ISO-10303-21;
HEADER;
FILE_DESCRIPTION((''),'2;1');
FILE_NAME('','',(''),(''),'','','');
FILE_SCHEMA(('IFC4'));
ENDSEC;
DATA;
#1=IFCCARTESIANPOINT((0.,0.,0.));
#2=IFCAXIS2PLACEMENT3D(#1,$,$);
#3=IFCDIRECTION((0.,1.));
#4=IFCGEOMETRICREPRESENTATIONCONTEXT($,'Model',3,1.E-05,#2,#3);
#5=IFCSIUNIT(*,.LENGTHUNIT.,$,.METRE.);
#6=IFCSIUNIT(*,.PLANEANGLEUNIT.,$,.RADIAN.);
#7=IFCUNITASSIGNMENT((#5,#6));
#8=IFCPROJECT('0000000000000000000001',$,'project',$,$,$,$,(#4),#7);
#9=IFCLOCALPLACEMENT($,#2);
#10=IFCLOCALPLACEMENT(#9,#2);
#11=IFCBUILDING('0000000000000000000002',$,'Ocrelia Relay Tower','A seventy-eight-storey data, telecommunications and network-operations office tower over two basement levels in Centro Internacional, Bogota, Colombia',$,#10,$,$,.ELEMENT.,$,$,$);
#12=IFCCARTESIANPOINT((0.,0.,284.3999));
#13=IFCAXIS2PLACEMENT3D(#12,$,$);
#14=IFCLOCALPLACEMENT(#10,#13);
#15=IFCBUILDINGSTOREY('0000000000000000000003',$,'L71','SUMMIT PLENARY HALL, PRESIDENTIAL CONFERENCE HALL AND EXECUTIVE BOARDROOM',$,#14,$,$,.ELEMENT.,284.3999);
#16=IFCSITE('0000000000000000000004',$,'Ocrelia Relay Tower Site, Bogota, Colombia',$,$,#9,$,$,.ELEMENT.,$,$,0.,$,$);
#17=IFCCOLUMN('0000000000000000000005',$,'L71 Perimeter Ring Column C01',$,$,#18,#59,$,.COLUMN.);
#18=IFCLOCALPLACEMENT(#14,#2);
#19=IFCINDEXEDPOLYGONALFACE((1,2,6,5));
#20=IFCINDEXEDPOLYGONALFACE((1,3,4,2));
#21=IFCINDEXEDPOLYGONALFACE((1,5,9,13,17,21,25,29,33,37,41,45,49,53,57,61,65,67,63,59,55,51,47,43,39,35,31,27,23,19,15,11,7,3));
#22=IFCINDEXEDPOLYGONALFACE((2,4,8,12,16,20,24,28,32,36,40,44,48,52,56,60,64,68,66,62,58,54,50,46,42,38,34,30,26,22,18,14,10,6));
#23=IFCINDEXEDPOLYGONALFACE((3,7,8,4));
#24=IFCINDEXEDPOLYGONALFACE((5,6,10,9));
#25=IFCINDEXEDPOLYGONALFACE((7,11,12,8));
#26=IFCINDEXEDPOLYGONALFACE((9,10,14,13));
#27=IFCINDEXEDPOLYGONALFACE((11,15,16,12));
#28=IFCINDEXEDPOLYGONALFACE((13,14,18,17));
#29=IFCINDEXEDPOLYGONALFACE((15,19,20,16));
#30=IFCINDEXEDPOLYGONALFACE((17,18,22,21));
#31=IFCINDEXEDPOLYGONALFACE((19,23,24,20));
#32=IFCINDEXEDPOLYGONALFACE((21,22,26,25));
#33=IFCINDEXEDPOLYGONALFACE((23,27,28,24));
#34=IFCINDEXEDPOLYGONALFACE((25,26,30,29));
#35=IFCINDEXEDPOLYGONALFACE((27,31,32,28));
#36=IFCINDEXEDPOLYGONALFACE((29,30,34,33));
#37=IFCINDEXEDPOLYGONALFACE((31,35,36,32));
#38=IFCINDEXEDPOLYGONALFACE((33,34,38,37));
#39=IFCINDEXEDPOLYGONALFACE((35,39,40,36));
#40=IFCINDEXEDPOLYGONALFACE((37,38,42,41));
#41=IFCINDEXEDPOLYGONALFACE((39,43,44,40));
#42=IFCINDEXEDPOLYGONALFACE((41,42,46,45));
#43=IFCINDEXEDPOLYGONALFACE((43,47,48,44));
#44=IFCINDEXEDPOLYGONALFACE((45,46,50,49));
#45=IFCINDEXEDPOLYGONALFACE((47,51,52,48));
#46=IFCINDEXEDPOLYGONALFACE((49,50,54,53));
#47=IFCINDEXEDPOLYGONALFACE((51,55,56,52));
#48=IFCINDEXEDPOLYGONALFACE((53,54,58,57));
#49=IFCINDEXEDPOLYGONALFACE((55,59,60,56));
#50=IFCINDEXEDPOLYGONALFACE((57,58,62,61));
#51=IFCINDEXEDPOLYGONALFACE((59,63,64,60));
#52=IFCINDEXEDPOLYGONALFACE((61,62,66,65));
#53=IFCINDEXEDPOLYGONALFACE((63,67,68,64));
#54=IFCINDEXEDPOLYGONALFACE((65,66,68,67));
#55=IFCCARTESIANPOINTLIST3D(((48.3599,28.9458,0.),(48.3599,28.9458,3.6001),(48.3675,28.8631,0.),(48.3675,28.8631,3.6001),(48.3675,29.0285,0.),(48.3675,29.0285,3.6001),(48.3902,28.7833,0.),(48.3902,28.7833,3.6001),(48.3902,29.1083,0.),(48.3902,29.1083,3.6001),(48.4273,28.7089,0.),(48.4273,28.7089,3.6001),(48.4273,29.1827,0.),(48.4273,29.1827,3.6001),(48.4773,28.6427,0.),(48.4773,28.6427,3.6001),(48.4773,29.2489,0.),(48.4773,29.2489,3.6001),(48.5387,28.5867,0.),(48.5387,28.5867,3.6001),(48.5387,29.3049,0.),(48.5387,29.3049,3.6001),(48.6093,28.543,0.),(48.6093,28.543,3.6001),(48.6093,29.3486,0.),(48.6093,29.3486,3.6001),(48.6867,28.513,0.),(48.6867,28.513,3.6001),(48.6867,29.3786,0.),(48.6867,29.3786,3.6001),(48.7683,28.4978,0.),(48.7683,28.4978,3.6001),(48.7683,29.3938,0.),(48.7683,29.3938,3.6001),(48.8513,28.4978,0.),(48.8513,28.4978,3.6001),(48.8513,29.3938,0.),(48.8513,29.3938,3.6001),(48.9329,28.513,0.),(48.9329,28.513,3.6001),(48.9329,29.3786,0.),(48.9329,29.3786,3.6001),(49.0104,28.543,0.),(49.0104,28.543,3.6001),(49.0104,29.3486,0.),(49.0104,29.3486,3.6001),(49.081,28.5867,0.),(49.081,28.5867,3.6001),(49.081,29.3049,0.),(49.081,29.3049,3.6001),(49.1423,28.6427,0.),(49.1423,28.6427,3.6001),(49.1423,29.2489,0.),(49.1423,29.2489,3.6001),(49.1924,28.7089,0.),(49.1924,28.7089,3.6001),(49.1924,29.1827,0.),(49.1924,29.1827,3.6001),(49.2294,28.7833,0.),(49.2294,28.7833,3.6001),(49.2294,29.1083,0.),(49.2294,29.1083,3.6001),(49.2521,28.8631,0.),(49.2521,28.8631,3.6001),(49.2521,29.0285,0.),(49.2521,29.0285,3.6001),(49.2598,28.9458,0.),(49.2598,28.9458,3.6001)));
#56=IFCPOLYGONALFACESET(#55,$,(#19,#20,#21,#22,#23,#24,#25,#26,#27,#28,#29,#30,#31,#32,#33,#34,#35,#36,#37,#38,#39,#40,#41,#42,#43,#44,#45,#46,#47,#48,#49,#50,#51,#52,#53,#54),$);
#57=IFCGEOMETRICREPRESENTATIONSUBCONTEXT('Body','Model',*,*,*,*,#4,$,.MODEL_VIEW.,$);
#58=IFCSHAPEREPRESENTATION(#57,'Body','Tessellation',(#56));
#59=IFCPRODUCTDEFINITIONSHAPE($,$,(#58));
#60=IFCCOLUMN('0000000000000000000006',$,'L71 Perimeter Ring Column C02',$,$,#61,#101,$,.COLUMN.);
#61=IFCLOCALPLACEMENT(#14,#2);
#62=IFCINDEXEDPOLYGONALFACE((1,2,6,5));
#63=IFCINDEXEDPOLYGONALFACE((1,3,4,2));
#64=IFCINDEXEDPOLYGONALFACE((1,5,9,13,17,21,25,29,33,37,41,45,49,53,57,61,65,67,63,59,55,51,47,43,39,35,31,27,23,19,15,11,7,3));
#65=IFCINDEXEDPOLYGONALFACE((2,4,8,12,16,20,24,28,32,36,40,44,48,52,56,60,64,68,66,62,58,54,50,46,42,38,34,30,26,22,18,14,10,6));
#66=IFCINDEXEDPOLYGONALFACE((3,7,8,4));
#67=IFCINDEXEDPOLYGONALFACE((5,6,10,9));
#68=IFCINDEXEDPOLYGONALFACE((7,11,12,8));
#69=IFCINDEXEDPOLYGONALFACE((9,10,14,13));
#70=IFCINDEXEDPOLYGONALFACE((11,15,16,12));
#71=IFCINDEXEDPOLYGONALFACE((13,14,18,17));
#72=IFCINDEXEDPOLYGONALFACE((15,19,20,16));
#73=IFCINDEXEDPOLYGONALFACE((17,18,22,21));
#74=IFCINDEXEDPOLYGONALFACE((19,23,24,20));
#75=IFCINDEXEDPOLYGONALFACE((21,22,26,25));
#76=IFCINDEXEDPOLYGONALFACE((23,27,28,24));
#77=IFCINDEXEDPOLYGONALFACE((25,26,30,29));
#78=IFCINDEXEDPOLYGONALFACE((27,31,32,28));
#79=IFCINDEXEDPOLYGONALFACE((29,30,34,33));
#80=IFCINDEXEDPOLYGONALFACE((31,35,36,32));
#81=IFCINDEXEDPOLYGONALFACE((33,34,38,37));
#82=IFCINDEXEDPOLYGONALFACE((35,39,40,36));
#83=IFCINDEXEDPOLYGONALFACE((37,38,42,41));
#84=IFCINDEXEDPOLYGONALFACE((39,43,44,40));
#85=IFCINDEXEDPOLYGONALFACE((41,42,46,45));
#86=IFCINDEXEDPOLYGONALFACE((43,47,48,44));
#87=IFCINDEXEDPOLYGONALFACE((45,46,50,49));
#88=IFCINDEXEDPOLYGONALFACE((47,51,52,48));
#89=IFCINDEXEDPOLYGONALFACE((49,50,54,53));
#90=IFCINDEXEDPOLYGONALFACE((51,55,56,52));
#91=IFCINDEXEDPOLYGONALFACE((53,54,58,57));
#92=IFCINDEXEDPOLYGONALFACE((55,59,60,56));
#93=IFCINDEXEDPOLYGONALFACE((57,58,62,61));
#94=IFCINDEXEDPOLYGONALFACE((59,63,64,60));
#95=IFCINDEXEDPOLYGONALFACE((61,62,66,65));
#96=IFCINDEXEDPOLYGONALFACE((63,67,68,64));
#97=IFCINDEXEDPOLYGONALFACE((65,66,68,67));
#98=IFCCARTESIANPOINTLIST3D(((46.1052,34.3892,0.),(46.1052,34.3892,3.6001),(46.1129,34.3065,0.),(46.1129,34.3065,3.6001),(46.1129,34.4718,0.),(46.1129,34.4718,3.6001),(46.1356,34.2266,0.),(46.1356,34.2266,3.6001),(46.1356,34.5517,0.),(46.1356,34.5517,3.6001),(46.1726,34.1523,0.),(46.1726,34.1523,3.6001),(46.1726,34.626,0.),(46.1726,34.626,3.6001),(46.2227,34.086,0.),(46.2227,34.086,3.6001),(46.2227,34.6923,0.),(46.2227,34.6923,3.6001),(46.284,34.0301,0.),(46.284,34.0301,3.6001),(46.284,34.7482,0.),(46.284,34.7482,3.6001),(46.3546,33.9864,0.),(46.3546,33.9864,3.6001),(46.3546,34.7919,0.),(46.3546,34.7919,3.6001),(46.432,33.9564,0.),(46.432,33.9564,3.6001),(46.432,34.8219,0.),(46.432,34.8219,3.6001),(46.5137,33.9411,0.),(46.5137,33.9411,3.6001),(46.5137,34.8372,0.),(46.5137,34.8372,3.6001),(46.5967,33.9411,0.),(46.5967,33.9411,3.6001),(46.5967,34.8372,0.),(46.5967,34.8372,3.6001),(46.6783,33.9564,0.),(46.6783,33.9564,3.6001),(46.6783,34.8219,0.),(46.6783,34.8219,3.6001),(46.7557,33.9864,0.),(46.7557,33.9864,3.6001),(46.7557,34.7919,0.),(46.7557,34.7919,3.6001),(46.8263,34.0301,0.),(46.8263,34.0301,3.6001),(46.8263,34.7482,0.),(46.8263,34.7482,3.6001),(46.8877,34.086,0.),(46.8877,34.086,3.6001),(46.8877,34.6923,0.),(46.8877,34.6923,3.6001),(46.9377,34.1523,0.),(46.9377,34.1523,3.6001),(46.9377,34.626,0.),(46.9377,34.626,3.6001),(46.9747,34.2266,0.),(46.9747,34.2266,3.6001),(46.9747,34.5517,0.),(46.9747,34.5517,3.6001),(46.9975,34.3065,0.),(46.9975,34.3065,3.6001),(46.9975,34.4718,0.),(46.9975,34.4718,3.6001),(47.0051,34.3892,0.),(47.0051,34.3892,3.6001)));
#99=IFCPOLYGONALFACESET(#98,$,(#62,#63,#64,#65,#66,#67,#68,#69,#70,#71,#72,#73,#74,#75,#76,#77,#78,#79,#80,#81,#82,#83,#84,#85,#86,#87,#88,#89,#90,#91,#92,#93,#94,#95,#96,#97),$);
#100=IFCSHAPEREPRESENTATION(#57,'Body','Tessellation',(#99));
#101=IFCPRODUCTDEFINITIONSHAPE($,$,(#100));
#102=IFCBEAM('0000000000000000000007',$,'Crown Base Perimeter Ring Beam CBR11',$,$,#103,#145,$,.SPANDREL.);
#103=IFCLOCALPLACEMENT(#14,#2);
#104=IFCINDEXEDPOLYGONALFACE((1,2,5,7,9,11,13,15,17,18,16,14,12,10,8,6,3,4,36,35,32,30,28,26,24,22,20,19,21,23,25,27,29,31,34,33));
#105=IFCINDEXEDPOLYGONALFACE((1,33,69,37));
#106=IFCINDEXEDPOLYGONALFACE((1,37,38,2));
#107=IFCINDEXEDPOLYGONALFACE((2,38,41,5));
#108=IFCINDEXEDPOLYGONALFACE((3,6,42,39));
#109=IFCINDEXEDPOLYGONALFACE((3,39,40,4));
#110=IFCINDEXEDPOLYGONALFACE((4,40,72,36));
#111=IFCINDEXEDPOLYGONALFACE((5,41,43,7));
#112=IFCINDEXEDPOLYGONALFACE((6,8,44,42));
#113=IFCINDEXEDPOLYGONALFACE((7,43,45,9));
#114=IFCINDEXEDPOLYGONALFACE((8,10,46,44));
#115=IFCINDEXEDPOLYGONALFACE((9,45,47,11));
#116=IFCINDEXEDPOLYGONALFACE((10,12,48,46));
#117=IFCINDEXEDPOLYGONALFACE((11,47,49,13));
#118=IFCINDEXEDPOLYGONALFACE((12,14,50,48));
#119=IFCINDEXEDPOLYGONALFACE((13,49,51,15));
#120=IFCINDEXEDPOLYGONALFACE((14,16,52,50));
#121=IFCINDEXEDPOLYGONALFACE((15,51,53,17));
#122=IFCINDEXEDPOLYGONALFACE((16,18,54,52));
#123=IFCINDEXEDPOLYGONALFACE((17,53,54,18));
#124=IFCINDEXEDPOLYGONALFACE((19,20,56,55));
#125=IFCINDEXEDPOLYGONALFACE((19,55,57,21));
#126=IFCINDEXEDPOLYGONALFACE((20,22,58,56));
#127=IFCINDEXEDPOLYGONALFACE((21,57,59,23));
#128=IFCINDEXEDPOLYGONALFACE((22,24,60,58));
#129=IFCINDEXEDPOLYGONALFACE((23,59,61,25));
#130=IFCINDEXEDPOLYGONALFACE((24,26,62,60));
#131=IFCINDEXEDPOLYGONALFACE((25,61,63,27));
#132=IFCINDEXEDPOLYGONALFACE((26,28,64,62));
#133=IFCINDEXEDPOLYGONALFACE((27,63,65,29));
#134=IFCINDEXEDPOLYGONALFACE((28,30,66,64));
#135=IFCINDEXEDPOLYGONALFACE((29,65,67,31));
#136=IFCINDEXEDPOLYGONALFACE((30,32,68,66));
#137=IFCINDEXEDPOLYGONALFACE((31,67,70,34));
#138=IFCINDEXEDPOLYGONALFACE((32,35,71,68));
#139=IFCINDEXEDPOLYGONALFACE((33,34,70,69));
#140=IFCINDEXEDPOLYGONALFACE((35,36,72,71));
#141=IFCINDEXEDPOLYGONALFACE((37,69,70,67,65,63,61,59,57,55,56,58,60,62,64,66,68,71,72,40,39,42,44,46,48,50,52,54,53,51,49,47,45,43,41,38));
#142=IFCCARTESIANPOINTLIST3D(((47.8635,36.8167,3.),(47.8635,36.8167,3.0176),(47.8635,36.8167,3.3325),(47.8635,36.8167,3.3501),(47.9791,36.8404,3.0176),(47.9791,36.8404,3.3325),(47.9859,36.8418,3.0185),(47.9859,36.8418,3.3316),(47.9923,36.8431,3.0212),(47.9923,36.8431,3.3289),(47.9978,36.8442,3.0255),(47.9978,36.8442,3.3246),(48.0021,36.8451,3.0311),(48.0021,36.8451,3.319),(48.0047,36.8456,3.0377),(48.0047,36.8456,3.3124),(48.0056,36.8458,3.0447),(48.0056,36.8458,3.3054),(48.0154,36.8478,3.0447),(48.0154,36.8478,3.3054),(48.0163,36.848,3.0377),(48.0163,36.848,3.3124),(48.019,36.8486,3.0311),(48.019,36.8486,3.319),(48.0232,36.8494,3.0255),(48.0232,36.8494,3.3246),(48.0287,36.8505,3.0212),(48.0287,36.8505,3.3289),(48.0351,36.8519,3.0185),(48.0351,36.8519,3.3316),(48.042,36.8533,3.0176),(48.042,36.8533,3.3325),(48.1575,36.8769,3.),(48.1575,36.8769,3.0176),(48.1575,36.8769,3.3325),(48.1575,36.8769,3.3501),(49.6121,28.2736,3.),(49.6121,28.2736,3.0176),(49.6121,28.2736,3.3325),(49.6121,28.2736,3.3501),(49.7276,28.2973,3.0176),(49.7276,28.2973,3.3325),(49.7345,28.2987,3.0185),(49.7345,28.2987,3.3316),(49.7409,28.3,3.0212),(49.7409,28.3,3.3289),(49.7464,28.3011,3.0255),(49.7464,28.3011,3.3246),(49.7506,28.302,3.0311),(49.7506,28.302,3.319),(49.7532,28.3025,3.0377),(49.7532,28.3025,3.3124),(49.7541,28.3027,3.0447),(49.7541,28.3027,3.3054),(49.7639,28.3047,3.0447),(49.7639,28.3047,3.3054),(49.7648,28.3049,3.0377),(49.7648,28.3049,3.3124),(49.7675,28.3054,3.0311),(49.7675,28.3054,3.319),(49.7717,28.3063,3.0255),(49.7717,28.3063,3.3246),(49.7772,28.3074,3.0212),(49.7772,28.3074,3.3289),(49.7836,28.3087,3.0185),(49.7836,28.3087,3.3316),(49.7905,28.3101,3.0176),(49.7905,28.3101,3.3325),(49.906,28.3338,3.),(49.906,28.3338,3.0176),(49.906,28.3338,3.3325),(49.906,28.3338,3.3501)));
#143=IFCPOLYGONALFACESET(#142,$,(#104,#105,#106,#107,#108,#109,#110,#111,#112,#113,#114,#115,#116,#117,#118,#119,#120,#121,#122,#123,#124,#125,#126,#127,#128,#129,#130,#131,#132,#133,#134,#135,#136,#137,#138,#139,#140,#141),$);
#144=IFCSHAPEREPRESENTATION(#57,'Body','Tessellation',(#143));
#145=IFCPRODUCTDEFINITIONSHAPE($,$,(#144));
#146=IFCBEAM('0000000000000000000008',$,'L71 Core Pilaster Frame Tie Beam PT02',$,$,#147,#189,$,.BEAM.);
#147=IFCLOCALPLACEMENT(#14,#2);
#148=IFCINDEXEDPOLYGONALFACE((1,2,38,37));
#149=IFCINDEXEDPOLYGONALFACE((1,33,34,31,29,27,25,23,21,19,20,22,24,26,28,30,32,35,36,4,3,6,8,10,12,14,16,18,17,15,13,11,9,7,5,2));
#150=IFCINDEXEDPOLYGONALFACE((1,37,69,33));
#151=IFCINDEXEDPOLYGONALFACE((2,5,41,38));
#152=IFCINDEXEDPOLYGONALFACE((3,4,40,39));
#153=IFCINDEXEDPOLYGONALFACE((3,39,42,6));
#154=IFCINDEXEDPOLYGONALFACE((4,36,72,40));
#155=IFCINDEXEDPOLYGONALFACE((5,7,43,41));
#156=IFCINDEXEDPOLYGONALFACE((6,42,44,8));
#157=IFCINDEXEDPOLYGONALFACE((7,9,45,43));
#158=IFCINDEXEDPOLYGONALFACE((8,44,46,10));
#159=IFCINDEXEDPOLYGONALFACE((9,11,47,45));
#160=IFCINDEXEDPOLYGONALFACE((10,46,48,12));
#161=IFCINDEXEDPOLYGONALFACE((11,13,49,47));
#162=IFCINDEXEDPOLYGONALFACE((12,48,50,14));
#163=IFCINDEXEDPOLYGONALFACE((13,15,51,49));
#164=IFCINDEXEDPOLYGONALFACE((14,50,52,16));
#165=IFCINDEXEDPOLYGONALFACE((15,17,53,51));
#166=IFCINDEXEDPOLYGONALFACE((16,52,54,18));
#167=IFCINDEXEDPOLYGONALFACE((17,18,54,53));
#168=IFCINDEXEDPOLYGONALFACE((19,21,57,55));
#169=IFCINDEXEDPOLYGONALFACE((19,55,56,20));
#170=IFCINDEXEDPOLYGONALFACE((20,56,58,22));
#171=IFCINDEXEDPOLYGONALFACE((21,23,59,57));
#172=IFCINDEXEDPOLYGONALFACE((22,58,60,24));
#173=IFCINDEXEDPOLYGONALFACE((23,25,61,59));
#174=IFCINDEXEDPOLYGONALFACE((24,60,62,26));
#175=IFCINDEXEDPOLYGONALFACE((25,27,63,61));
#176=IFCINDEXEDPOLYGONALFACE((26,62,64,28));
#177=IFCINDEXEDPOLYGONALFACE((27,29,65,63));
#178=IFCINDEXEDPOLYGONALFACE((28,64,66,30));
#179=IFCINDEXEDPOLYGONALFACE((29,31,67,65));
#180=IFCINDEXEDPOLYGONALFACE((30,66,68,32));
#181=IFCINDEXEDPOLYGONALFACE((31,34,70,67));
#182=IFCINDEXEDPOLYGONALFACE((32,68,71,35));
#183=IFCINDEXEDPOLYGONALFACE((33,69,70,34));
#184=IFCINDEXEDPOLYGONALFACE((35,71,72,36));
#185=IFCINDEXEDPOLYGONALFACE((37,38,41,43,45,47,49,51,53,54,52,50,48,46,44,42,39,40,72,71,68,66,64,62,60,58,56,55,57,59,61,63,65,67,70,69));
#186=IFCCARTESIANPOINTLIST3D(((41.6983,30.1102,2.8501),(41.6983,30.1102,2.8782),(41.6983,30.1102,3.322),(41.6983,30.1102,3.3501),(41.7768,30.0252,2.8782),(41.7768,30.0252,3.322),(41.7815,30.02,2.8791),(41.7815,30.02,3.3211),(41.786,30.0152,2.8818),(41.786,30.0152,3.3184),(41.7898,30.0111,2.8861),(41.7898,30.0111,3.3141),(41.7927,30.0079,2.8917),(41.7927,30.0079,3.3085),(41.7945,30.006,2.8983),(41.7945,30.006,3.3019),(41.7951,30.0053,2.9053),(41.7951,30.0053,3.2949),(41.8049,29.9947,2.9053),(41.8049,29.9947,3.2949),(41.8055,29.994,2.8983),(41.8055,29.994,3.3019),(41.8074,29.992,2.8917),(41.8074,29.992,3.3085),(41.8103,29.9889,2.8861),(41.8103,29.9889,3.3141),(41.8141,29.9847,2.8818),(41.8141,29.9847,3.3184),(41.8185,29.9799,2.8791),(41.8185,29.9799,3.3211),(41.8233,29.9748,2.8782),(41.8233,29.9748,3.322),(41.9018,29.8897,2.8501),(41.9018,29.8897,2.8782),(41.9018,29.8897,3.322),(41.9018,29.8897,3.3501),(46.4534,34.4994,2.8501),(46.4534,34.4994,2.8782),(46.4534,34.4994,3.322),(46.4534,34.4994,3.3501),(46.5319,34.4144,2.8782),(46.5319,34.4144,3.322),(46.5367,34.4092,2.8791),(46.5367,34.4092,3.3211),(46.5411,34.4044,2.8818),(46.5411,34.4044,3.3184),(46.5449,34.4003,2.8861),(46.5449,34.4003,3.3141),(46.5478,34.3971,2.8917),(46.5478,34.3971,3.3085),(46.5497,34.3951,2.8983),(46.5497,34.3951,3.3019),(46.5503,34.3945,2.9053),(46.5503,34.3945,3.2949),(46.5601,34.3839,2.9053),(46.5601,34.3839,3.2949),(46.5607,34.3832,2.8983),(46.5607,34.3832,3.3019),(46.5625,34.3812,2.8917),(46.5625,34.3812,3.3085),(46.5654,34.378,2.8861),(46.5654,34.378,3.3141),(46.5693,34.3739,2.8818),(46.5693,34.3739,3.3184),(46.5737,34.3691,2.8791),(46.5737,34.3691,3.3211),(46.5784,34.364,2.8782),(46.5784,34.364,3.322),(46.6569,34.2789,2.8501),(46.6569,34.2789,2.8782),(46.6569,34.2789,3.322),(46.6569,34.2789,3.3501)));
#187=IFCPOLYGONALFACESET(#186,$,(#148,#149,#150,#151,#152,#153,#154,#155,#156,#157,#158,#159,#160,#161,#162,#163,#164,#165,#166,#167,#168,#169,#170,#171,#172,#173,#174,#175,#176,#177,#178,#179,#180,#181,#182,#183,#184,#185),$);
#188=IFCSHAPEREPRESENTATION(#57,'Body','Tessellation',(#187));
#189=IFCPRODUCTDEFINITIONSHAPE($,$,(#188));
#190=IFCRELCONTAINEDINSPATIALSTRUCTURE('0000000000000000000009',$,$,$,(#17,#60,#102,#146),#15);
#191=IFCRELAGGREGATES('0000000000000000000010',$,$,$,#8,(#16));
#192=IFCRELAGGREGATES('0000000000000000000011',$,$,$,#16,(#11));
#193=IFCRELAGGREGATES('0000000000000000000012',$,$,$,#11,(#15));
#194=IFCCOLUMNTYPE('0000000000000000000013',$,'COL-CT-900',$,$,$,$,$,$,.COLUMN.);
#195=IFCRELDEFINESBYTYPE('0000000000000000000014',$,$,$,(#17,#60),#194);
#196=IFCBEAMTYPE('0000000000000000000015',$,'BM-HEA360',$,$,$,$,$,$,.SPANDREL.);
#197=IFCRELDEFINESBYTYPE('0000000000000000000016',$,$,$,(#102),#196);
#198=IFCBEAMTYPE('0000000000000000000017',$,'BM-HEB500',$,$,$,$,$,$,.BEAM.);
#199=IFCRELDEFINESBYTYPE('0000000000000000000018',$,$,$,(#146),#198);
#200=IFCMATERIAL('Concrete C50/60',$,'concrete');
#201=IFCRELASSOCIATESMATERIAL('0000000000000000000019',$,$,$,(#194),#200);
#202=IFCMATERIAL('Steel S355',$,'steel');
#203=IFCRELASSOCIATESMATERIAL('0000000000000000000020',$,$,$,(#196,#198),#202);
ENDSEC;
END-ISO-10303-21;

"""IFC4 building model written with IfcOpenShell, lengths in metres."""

from ifc_helpers import new_model, si_unit, direction, frame, origin, origin_2d, place, context, subcontext, project, spatial, circle, i_section, extrude, material, material_profile, profile_set, type_object, element, save


model = new_model("IFC4")

# Units and contexts
model_context = context("Model", 3, precision=1e-05, world=origin(), true_north=direction((0.0, 1.0)))
body_context = subcontext(model_context, "Body", "Model", "MODEL_VIEW")
ifc_project = project(units=[si_unit("LENGTHUNIT", "METRE"), si_unit("PLANEANGLEUNIT", "RADIAN")], contexts=[model_context])

# Site, building, storey
site_placement = place(None, origin())
site = spatial("IfcSite", under=ifc_project, at=site_placement, Name="Ocrelia Relay Tower Site, Bogota, Colombia", CompositionType="ELEMENT", RefElevation=0.0)
building_placement = place(site_placement, origin())
building = spatial("IfcBuilding", under=site, at=building_placement, Name="Ocrelia Relay Tower", Description="A seventy-eight-storey data, telecommunications and network-operations office tower over two basement levels in Centro Internacional, Bogota, Colombia", CompositionType="ELEMENT")
storey_placement = place(building_placement, frame((0.0, 0.0, 284.3999)))
storey = spatial("IfcBuildingStorey", under=building, at=storey_placement, Name="L71", Description="SUMMIT PLENARY HALL, PRESIDENTIAL CONFERENCE HALL AND EXECUTIVE BOARDROOM", CompositionType="ELEMENT", Elevation=284.3999)

# Columns
ifc_material_1 = material(Name="Concrete C50/60", Category="concrete")
ifc_material_profile_1 = material_profile(ifc_material_1, circle(Radius=0.45, at=origin_2d()), Name="RC-CIR-900")
ifc_profile_set_1 = profile_set([ifc_material_profile_1], Name="Concrete C50/60")
column_type = type_object("IfcColumnType", Name="COL-CT-900", PredefinedType="COLUMN", material=ifc_profile_set_1)
for number, where, z_axis, x_axis, name in (
    (1, (48.8098, 28.9458, 0.0), (0.0, 0.0, 1.0), (1.0, 0.0, 0.0), "L71 Perimeter Ring Column C01"),
    (2, (46.5552, 34.3892, 0.0), (0.0, 0.0, 1.0), (1.0, 0.0, 0.0), "L71 Perimeter Ring Column C02"),
):
    element("IfcColumn", number, at=place(storey_placement, frame(where, z_axis=z_axis, x_axis=x_axis)), inside=storey, type_object=column_type, Name=name, PredefinedType="COLUMN", context=body_context, shape_type="SweptSolid", body=[
        extrude(circle(Radius=0.45, at=origin_2d()), origin(), (0.0, 0.0, 1.0), 3.6001),
    ])

# Beams
ifc_material_2 = material(Name="Steel S355", Category="steel")
ifc_material_profile_2 = material_profile(ifc_material_2, i_section(OverallWidth=0.3, OverallDepth=0.3501, WebThickness=0.01, FlangeThickness=0.0176, FilletRadius=0.0271, at=origin_2d()), Name="HEA 360")
ifc_profile_set_2 = profile_set([ifc_material_profile_2], Name="Steel S355")
beam_type_1 = type_object("IfcBeamType", Name="BM-HEA360", PredefinedType="SPANDREL", material=ifc_profile_set_2)
beam_1_placement = place(storey_placement, frame((49.759, 28.3037, 3.175), z_axis=(-0.200513, 0.979691, 0.0), x_axis=(-0.979691, -0.200513, 0.0)))
element("IfcBeam", 3, at=beam_1_placement, inside=storey, type_object=beam_type_1, Name="Crown Base Perimeter Ring Beam CBR11", PredefinedType="SPANDREL", context=body_context, shape_type="SweptSolid", body=[
    extrude(i_section(OverallWidth=0.3, OverallDepth=0.3501, WebThickness=0.01, FlangeThickness=0.0176, FilletRadius=0.0271, at=origin_2d()), origin(), (0.0, 0.0, 1.0), 8.7202),
])
ifc_material_profile_3 = material_profile(ifc_material_2, i_section(OverallWidth=0.3, OverallDepth=0.5, WebThickness=0.0144, FlangeThickness=0.0281, FilletRadius=0.0271, at=origin_2d()), Name="HEB 500")
ifc_profile_set_3 = profile_set([ifc_material_profile_3], Name="Steel S355")
beam_type_2 = type_object("IfcBeamType", Name="BM-HEB500", PredefinedType="BEAM", material=ifc_profile_set_3)
beam_2_placement = place(storey_placement, frame((46.5552, 34.3892, 3.1001), z_axis=(-0.734818, -0.678264, 0.0), x_axis=(0.678264, -0.734818, 0.0)))
element("IfcBeam", 4, at=beam_2_placement, inside=storey, type_object=beam_type_2, Name="L71 Core Pilaster Frame Tie Beam PT02", PredefinedType="BEAM", context=body_context, shape_type="SweptSolid", body=[
    extrude(i_section(OverallWidth=0.3, OverallDepth=0.5, WebThickness=0.0144, FlangeThickness=0.0281, FilletRadius=0.0271, at=origin_2d()), origin(), (0.0, 0.0, 1.0), 6.4712),
])

save(model, "model.ifc")
